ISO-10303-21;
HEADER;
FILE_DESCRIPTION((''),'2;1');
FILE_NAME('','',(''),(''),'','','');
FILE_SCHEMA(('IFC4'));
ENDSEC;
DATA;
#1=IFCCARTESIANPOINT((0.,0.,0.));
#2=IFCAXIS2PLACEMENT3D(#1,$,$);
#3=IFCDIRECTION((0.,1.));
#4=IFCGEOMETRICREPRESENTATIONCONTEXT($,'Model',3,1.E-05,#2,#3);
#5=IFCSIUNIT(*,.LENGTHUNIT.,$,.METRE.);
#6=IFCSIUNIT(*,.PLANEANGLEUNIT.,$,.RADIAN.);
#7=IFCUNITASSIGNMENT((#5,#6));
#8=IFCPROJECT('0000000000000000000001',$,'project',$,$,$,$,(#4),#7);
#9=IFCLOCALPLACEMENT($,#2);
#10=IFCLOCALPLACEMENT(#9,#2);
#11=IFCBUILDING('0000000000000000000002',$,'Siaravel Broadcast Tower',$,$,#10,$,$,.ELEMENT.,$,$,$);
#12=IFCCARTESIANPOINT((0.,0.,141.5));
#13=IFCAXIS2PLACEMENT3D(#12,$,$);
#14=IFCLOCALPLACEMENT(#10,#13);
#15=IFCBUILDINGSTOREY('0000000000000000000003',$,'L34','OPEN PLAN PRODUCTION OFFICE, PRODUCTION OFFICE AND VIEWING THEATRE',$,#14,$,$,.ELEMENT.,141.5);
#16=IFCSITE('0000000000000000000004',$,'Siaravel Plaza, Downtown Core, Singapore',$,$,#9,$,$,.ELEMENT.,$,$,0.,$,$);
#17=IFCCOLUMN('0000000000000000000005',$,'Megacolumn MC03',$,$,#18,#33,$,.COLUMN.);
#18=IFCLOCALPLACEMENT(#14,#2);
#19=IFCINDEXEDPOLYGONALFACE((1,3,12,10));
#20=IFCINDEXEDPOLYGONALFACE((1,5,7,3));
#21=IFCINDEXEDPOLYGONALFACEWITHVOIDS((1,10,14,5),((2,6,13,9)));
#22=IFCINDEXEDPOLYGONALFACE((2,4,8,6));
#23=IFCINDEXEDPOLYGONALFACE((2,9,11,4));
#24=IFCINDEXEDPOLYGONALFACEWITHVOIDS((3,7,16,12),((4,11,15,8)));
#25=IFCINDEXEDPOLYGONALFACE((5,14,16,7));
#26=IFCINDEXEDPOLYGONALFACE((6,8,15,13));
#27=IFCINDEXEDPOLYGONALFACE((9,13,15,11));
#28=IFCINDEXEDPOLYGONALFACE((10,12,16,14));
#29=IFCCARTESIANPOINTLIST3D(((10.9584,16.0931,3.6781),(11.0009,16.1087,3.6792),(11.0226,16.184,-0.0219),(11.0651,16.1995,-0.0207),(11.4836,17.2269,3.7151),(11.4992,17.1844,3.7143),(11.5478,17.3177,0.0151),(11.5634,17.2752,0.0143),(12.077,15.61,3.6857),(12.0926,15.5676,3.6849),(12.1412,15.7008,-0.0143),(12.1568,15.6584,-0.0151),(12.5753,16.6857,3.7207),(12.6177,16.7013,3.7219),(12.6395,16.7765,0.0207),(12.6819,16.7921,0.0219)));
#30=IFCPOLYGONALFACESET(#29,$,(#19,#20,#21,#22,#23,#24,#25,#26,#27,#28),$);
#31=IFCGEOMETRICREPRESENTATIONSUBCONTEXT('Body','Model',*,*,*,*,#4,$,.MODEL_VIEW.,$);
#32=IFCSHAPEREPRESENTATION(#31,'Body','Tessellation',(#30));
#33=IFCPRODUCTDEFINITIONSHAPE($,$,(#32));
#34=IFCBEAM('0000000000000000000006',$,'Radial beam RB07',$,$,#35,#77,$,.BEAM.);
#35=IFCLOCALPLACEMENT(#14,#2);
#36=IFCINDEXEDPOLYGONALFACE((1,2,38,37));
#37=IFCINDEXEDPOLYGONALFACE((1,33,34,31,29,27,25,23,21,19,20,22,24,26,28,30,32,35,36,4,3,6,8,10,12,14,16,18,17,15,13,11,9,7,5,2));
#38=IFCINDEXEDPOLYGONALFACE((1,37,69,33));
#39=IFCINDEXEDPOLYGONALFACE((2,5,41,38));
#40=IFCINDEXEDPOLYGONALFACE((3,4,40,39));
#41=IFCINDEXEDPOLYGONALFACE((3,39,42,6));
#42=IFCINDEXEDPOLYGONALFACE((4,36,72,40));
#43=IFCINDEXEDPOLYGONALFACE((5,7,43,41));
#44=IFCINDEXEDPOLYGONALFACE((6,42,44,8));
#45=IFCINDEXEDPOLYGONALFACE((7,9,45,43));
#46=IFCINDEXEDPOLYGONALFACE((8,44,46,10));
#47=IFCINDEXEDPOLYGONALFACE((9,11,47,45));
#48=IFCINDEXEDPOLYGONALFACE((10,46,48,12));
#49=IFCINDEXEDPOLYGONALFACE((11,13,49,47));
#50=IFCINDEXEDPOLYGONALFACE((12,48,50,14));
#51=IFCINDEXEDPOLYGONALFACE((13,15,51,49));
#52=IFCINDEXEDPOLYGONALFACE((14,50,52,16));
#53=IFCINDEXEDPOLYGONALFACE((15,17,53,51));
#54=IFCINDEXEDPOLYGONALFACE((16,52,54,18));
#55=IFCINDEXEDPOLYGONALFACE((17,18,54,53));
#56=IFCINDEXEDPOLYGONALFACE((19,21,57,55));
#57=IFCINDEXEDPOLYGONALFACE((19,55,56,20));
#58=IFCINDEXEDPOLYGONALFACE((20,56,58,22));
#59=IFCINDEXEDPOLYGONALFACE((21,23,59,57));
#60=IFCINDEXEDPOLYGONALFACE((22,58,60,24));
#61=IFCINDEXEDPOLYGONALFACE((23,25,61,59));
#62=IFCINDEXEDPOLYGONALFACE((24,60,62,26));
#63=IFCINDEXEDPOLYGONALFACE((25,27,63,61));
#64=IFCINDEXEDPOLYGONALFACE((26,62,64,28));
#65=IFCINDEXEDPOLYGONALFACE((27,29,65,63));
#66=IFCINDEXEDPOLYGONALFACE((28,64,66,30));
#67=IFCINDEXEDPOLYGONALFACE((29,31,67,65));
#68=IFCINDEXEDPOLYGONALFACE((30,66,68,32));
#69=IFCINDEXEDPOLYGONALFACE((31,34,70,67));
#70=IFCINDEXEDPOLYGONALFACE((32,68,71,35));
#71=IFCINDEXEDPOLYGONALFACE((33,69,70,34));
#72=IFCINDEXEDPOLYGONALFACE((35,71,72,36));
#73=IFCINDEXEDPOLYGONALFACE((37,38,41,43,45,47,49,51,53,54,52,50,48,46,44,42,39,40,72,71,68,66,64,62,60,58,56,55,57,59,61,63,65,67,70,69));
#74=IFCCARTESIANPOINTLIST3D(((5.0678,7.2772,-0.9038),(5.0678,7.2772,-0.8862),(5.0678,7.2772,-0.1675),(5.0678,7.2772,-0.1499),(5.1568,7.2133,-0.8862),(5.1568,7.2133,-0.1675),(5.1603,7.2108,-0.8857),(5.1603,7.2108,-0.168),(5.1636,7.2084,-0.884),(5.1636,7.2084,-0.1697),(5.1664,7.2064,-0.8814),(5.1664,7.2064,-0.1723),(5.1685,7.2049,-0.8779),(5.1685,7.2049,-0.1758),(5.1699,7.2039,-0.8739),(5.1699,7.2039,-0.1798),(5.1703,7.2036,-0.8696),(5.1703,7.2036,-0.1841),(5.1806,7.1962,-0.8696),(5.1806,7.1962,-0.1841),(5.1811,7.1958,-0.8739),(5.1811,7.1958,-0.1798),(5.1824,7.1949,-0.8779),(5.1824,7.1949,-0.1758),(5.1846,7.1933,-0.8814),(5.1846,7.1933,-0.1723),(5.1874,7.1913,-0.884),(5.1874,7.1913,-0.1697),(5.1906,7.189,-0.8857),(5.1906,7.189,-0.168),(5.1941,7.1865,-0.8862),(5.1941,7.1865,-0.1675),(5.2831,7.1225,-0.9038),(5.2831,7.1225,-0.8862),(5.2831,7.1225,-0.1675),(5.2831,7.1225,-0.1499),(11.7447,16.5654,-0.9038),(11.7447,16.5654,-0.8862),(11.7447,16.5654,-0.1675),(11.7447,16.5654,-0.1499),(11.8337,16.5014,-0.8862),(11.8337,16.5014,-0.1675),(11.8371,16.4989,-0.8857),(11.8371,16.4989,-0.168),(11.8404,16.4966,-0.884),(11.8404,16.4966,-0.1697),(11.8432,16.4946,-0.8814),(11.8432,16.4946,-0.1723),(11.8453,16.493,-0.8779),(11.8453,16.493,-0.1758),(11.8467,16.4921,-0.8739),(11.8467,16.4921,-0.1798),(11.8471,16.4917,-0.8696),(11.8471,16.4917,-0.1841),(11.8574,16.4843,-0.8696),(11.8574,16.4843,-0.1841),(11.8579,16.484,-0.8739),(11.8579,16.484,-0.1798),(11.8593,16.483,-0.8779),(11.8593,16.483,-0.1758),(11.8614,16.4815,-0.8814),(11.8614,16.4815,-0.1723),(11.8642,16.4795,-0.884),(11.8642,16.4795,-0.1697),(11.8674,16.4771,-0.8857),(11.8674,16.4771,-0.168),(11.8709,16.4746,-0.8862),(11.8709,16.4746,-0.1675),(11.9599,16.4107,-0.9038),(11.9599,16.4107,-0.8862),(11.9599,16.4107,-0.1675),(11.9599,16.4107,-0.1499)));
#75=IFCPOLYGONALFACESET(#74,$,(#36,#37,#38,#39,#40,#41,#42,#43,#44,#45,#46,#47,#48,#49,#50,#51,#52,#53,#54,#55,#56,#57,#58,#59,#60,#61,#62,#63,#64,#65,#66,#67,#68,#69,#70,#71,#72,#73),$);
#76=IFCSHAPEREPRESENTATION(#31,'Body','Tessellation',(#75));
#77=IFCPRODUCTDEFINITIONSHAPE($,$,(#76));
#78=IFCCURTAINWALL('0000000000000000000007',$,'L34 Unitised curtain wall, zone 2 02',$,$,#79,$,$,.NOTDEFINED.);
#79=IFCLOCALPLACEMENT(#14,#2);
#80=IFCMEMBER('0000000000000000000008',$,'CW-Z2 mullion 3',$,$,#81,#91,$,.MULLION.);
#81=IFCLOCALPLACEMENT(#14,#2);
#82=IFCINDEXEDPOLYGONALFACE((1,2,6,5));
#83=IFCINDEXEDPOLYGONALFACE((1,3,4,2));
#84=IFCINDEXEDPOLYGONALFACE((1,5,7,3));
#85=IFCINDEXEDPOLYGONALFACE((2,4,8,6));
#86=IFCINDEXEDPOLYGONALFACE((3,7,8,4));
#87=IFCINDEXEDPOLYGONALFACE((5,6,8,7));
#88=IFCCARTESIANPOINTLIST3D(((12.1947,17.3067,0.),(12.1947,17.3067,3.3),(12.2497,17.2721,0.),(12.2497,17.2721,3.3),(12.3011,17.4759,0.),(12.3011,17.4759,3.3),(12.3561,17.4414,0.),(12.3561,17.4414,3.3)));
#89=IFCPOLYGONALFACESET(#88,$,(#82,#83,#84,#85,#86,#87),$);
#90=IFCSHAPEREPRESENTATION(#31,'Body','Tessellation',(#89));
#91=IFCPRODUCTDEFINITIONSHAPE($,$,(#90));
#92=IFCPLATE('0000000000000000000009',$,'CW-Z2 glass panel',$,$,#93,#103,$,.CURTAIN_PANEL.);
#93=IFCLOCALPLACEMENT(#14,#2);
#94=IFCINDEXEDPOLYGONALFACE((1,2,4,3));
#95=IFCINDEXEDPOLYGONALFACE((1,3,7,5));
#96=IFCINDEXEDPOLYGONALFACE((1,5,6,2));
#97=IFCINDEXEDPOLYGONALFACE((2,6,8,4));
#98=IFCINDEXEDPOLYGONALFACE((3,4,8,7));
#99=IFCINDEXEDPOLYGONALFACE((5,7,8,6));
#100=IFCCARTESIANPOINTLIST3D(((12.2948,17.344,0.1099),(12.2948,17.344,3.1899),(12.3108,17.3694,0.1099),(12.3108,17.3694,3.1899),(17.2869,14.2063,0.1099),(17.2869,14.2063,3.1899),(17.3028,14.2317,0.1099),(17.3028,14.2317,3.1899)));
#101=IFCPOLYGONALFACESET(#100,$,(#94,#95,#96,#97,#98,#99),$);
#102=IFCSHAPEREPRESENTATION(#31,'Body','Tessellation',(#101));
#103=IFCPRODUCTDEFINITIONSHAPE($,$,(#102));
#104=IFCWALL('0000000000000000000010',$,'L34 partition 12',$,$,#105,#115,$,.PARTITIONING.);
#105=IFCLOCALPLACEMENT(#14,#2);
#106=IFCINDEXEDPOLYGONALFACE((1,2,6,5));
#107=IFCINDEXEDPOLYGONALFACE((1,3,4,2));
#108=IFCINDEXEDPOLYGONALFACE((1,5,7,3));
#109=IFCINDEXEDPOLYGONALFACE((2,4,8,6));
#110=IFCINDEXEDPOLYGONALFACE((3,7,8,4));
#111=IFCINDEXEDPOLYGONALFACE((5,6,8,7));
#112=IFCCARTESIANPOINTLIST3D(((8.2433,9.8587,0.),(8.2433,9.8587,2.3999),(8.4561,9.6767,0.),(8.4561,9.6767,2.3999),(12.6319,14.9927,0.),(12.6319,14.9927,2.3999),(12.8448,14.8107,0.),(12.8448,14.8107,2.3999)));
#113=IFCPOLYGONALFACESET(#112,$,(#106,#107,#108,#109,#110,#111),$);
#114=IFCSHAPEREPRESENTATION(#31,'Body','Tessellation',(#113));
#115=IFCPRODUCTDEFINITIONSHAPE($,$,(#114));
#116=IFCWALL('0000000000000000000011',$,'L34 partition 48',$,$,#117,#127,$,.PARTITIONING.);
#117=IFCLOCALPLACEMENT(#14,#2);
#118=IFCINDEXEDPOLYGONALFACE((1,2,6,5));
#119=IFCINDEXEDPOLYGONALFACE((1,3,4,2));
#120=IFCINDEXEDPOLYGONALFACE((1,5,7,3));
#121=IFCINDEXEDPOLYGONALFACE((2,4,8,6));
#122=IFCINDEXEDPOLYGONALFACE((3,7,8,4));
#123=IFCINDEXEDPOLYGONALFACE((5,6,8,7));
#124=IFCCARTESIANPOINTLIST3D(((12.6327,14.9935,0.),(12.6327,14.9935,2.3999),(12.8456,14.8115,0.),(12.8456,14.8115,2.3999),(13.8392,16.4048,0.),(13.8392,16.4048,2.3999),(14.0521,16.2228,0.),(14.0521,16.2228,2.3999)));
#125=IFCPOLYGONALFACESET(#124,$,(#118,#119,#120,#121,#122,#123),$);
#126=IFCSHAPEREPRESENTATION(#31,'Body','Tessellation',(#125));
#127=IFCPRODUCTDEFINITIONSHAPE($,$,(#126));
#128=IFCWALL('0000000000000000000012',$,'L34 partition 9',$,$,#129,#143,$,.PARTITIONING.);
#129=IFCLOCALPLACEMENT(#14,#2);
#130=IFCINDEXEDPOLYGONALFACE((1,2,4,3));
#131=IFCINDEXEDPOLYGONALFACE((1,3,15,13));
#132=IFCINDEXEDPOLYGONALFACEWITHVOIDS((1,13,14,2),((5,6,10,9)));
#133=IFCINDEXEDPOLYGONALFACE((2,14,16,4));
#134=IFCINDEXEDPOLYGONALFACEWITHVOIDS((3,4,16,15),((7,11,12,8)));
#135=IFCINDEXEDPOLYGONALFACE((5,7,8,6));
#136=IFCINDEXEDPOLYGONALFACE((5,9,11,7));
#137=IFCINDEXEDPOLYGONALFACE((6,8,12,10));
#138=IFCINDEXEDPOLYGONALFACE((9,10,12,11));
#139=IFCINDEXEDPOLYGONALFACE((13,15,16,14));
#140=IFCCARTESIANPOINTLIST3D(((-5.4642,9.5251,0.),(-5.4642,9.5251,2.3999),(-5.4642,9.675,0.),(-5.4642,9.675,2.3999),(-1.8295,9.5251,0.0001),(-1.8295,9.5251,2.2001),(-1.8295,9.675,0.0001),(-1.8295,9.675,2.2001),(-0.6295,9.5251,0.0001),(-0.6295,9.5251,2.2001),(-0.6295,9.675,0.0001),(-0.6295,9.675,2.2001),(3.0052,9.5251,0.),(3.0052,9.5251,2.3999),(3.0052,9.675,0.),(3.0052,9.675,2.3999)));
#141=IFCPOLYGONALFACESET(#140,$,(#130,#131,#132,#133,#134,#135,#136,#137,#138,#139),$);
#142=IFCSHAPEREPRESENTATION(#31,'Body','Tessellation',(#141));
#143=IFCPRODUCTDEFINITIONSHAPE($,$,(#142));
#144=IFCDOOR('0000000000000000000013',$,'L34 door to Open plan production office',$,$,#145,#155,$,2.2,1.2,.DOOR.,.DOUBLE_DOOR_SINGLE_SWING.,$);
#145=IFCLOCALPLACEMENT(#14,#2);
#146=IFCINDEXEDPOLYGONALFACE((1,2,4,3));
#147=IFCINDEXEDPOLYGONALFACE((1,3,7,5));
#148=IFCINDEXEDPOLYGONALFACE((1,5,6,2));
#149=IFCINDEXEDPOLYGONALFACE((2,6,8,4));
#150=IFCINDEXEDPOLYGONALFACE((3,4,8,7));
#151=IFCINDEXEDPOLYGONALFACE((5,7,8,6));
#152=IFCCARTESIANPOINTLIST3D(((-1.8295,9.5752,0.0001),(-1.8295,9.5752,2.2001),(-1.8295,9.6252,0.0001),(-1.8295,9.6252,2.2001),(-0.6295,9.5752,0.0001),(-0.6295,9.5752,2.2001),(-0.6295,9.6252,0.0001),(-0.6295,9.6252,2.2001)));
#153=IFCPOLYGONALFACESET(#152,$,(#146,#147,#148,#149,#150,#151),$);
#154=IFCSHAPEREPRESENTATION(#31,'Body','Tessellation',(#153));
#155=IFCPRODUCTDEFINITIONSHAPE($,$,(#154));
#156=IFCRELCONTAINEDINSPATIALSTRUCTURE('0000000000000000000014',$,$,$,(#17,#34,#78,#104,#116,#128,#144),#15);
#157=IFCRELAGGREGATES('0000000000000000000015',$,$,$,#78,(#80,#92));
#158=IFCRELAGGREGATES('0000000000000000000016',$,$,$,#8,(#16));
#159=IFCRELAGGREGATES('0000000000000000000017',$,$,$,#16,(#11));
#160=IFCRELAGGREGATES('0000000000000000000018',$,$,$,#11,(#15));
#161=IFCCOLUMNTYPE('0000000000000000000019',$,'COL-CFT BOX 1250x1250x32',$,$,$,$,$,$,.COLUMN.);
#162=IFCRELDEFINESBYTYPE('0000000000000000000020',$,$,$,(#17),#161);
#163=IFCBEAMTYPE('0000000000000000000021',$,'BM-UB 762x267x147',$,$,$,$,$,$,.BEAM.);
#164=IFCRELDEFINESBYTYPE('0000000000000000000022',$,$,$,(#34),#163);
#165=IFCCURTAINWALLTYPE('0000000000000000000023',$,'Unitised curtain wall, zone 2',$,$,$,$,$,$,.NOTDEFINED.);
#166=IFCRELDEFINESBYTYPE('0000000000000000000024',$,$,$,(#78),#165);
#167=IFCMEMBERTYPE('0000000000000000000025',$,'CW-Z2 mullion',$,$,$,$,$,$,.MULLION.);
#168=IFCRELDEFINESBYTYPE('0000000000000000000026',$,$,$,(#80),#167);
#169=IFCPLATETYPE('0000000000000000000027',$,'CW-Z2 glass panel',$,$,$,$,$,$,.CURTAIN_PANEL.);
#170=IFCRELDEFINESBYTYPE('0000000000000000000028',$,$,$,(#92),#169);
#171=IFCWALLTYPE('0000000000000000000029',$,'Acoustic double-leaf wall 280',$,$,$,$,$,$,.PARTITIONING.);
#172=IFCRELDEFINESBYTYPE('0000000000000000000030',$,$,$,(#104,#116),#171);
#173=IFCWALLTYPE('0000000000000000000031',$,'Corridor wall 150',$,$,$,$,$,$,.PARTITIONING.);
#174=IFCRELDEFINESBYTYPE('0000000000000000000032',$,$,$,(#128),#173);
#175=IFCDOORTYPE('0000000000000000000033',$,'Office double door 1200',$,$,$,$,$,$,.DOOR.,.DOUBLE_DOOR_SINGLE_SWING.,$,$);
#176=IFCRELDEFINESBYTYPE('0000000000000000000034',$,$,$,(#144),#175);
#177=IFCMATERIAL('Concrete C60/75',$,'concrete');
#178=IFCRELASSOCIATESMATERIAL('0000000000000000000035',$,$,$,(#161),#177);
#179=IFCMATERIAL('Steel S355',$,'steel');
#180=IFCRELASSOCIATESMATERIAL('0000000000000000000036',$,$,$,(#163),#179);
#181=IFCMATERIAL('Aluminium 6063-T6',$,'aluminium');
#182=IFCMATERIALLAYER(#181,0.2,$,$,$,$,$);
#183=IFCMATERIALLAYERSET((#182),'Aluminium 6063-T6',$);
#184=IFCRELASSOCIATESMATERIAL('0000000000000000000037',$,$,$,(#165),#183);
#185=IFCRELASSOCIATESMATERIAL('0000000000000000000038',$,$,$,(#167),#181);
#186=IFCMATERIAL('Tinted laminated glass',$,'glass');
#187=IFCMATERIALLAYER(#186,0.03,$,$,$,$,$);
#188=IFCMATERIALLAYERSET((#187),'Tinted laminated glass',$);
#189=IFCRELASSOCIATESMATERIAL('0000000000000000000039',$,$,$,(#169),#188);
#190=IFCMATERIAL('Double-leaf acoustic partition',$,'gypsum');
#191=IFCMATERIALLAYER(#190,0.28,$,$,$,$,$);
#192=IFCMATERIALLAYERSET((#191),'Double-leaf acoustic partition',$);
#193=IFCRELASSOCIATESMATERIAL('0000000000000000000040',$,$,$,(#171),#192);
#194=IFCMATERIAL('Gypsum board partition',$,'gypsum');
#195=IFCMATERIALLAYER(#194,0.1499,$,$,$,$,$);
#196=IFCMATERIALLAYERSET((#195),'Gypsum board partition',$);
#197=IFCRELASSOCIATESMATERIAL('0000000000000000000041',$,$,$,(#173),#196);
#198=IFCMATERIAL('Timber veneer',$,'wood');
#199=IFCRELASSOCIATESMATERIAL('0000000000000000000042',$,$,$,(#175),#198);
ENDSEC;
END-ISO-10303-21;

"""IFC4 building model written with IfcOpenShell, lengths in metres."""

from ifc_helpers import new_model, si_unit, direction, frame, frame_2d, origin, origin_2d, place, context, subcontext, project, spatial, rectangle, hollow_rectangle, i_section, extrude, material, layer, layer_set, material_profile, profile_set, type_object, element, fill, aggregate, save


model = new_model("IFC4")

# Units and contexts
model_context = context("Model", 3, precision=1e-05, world=origin(), true_north=direction((0.0, 1.0)))
body_context = subcontext(model_context, "Body", "Model", "MODEL_VIEW")
ifc_project = project(units=[si_unit("LENGTHUNIT", "METRE"), si_unit("PLANEANGLEUNIT", "RADIAN")], contexts=[model_context])

# Site, building, storey
site_placement = place(None, origin())
site = spatial("IfcSite", under=ifc_project, at=site_placement, Name="Siaravel Plaza, Downtown Core, Singapore", CompositionType="ELEMENT", RefElevation=0.0)
building_placement = place(site_placement, origin())
building = spatial("IfcBuilding", under=site, at=building_placement, Name="Siaravel Broadcast Tower", CompositionType="ELEMENT")
storey_placement = place(building_placement, frame((0.0, 0.0, 141.5)))
storey = spatial("IfcBuildingStorey", under=building, at=storey_placement, Name="L34", Description="OPEN PLAN PRODUCTION OFFICE, PRODUCTION OFFICE AND VIEWING THEATRE", CompositionType="ELEMENT", Elevation=141.5)

# Column
ifc_material_1 = material(Name="Concrete C60/75", Category="concrete")
ifc_material_profile_1 = material_profile(ifc_material_1, hollow_rectangle(XDim=1.25, YDim=1.25, WallThickness=0.032, at=origin_2d()))
ifc_profile_set_1 = profile_set([ifc_material_profile_1], Name="Concrete C60/75")
column_type = type_object("IfcColumnType", Name="COL-CFT BOX 1250x1250x32", PredefinedType="COLUMN", material=ifc_profile_set_1)
column_placement = place(storey_placement, frame((11.8523, 16.488, 0.0), z_axis=(-0.017346, -0.024535, 0.999548), x_axis=(0.907291, -0.420467, 0.005424)))
element("IfcColumn", 1, at=column_placement, inside=storey, type_object=column_type, Name="Megacolumn MC03", PredefinedType="COLUMN", context=body_context, shape_type="SweptSolid", body=[
    extrude(hollow_rectangle(XDim=1.25, YDim=1.25, WallThickness=0.032, at=origin_2d()), origin(), (0.0, 0.0, 1.0), 3.7017),
])

# Beam
ifc_material_2 = material(Name="Steel S355", Category="steel")
ifc_material_profile_2 = material_profile(ifc_material_2, i_section(OverallWidth=0.2651, OverallDepth=0.7539, WebThickness=0.0127, FlangeThickness=0.0176, FilletRadius=0.0166, at=origin_2d()))
ifc_profile_set_2 = profile_set([ifc_material_profile_2], Name="Steel S355")
beam_type = type_object("IfcBeamType", Name="BM-UB 762x267x147", PredefinedType="BEAM", material=ifc_profile_set_2)
beam_placement = place(storey_placement, frame((11.8523, 16.488, -0.5269), z_axis=(-0.583691, -0.811976, 0.0), x_axis=(0.811976, -0.583691, 0.0)))
element("IfcBeam", 2, at=beam_placement, inside=storey, type_object=beam_type, Name="Radial beam RB07", PredefinedType="BEAM", context=body_context, shape_type="SweptSolid", body=[
    extrude(i_section(OverallWidth=0.2651, OverallDepth=0.7539, WebThickness=0.0127, FlangeThickness=0.0176, FilletRadius=0.0166, at=origin_2d()), origin(), (0.0, 0.0, 1.0), 11.439),
])

# Curtain wall, member, plate
ifc_material_3 = material(Name="Aluminium 6063-T6", Category="aluminium")
ifc_layer_1 = layer(ifc_material_3, 0.2)
ifc_layer_set_1 = layer_set([ifc_layer_1], Name="Aluminium 6063-T6")
curtain_wall_type = type_object("IfcCurtainWallType", Name="Unitised curtain wall, zone 2", PredefinedType="NOTDEFINED", material=ifc_layer_set_1)
curtain_wall_placement = place(storey_placement, origin())
curtain_wall = element("IfcCurtainWall", 3, at=curtain_wall_placement, inside=storey, type_object=curtain_wall_type, Name="L34 Unitised curtain wall, zone 2 02", PredefinedType="NOTDEFINED")
ifc_material_profile_3 = material_profile(ifc_material_3, rectangle(XDim=0.2, YDim=0.0649, at=origin_2d()))
ifc_profile_set_3 = profile_set([ifc_material_profile_3], Name="Aluminium 6063-T6")
member_type = type_object("IfcMemberType", Name="CW-Z2 mullion", PredefinedType="MULLION", material=ifc_profile_set_3)
member_placement = place(storey_placement, frame((12.2754, 17.374, 0.0), z_axis=(0.0, 0.0, 1.0), x_axis=(-0.53215, -0.84665, 0.0)))
member = element("IfcMember", 4, at=member_placement, type_object=member_type, Name="CW-Z2 mullion 3", PredefinedType="MULLION", context=body_context, shape_type="SweptSolid", body=[
    extrude(rectangle(XDim=0.2, YDim=0.0649, at=origin_2d()), origin(), (0.0, 0.0, 1.0), 3.3),
])
ifc_material_4 = material(Name="Tinted laminated glass", Category="glass")
ifc_layer_2 = layer(ifc_material_4, 0.03)
ifc_layer_set_2 = layer_set([ifc_layer_2], Name="Tinted laminated glass")
plate_type = type_object("IfcPlateType", Name="CW-Z2 glass panel", PredefinedType="CURTAIN_PANEL", material=ifc_layer_set_2)
plate_placement = place(storey_placement, frame((14.7988, 15.7878, 0.1099), z_axis=(0.0, 0.0, 1.0), x_axis=(-0.84665, 0.53215, 0.0)))
plate = element("IfcPlate", 5, at=plate_placement, type_object=plate_type, Name="CW-Z2 glass panel", PredefinedType="CURTAIN_PANEL", context=body_context, shape_type="SweptSolid", body=[
    extrude(rectangle(XDim=5.8962, YDim=0.03, at=origin_2d()), origin(), (0.0, 0.0, 1.0), 3.0801),
])
aggregate(curtain_wall, [member, plate])

# Walls
ifc_material_5 = material(Name="Double-leaf acoustic partition", Category="gypsum")
ifc_layer_3 = layer(ifc_material_5, 0.28)
ifc_layer_set_3 = layer_set([ifc_layer_3], Name="Double-leaf acoustic partition")
wall_type_1 = type_object("IfcWallType", Name="Acoustic double-leaf wall 280", PredefinedType="PARTITIONING", material=ifc_layer_set_3)
wall_1_placement = place(storey_placement, frame((12.7383, 14.9016, 0.0), z_axis=(0.0, 0.0, 1.0), x_axis=(-0.649773, -0.760129, 0.0)))
element("IfcWall", 6, at=wall_1_placement, inside=storey, type_object=wall_type_1, Name="L34 partition 12", PredefinedType="PARTITIONING", context=body_context, shape_type="SweptSolid", body=[
    extrude(rectangle(XDim=6.7542, YDim=0.28, at=frame_2d((3.377, 0.0))), origin(), (0.0, 0.0, 1.0), 2.3999),
])
wall_2_placement = place(storey_placement, frame((13.9456, 16.3137, 0.0), z_axis=(0.0, 0.0, 1.0), x_axis=(-0.649795, -0.76011, 0.0)))
element("IfcWall", 7, at=wall_2_placement, inside=storey, type_object=wall_type_1, Name="L34 partition 48", PredefinedType="PARTITIONING", context=body_context, shape_type="SweptSolid", body=[
    extrude(rectangle(XDim=1.8567, YDim=0.28, at=frame_2d((0.9282, 0.0))), origin(), (0.0, 0.0, 1.0), 2.3999),
])

# Wall, opening, door
ifc_material_6 = material(Name="Gypsum board partition", Category="gypsum")
ifc_layer_4 = layer(ifc_material_6, 0.1499)
ifc_layer_set_4 = layer_set([ifc_layer_4], Name="Gypsum board partition")
wall_type_2 = type_object("IfcWallType", Name="Corridor wall 150", PredefinedType="PARTITIONING", material=ifc_layer_set_4)
wall_3_placement = place(storey_placement, frame((3.0054, 9.6001, 0.0), z_axis=(0.0, 0.0, 1.0), x_axis=(-1.0, 0.0, 0.0)))
wall_3 = element("IfcWall", 8, at=wall_3_placement, inside=storey, type_object=wall_type_2, Name="L34 partition 9", PredefinedType="PARTITIONING", context=body_context, shape_type="SweptSolid", body=[
    extrude(rectangle(XDim=8.4695, YDim=0.1499, at=frame_2d((4.2349, 0.0))), origin(), (0.0, 0.0, 1.0), 2.3999),
])
opening_1_placement = place(wall_3_placement, frame((3.6348, 0.0, 0.0)))
opening_1 = element("IfcOpeningElement", 9, at=opening_1_placement, cuts=wall_3, PredefinedType="OPENING", context=body_context, shape_type="SweptSolid", body=[
    extrude(rectangle(XDim=1.2, YDim=2.2, at=frame_2d((0.6001, 1.1001))), frame((0.0, 0.085, 0.0), z_axis=(0.0, -1.0, 0.0), x_axis=(1.0, 0.0, 0.0)), (0.0, 0.0, 1.0), 0.1699),
])
ifc_material_7 = material(Name="Timber veneer", Category="wood")
door_type_1 = type_object("IfcDoorType", Name="Office double door 1200", OperationType="DOUBLE_DOOR_SINGLE_SWING", PredefinedType="DOOR", material=ifc_material_7)
door_1_placement = place(opening_1_placement, origin())
door_1 = element("IfcDoor", 10, at=door_1_placement, inside=storey, type_object=door_type_1, Name="L34 door to Open plan production office", OperationType="DOUBLE_DOOR_SINGLE_SWING", OverallHeight=2.2, OverallWidth=1.2, PredefinedType="DOOR", context=body_context, shape_type="SweptSolid", body=[
    extrude(rectangle(XDim=1.2, YDim=2.2, at=frame_2d((0.6001, 1.1001))), frame((0.0, 0.0249, 0.0), z_axis=(0.0, -1.0, 0.0), x_axis=(1.0, 0.0, 0.0)), (0.0, 0.0, 1.0), 0.05),
])
fill(opening_1, door_1)

save(model, "model.ifc")
